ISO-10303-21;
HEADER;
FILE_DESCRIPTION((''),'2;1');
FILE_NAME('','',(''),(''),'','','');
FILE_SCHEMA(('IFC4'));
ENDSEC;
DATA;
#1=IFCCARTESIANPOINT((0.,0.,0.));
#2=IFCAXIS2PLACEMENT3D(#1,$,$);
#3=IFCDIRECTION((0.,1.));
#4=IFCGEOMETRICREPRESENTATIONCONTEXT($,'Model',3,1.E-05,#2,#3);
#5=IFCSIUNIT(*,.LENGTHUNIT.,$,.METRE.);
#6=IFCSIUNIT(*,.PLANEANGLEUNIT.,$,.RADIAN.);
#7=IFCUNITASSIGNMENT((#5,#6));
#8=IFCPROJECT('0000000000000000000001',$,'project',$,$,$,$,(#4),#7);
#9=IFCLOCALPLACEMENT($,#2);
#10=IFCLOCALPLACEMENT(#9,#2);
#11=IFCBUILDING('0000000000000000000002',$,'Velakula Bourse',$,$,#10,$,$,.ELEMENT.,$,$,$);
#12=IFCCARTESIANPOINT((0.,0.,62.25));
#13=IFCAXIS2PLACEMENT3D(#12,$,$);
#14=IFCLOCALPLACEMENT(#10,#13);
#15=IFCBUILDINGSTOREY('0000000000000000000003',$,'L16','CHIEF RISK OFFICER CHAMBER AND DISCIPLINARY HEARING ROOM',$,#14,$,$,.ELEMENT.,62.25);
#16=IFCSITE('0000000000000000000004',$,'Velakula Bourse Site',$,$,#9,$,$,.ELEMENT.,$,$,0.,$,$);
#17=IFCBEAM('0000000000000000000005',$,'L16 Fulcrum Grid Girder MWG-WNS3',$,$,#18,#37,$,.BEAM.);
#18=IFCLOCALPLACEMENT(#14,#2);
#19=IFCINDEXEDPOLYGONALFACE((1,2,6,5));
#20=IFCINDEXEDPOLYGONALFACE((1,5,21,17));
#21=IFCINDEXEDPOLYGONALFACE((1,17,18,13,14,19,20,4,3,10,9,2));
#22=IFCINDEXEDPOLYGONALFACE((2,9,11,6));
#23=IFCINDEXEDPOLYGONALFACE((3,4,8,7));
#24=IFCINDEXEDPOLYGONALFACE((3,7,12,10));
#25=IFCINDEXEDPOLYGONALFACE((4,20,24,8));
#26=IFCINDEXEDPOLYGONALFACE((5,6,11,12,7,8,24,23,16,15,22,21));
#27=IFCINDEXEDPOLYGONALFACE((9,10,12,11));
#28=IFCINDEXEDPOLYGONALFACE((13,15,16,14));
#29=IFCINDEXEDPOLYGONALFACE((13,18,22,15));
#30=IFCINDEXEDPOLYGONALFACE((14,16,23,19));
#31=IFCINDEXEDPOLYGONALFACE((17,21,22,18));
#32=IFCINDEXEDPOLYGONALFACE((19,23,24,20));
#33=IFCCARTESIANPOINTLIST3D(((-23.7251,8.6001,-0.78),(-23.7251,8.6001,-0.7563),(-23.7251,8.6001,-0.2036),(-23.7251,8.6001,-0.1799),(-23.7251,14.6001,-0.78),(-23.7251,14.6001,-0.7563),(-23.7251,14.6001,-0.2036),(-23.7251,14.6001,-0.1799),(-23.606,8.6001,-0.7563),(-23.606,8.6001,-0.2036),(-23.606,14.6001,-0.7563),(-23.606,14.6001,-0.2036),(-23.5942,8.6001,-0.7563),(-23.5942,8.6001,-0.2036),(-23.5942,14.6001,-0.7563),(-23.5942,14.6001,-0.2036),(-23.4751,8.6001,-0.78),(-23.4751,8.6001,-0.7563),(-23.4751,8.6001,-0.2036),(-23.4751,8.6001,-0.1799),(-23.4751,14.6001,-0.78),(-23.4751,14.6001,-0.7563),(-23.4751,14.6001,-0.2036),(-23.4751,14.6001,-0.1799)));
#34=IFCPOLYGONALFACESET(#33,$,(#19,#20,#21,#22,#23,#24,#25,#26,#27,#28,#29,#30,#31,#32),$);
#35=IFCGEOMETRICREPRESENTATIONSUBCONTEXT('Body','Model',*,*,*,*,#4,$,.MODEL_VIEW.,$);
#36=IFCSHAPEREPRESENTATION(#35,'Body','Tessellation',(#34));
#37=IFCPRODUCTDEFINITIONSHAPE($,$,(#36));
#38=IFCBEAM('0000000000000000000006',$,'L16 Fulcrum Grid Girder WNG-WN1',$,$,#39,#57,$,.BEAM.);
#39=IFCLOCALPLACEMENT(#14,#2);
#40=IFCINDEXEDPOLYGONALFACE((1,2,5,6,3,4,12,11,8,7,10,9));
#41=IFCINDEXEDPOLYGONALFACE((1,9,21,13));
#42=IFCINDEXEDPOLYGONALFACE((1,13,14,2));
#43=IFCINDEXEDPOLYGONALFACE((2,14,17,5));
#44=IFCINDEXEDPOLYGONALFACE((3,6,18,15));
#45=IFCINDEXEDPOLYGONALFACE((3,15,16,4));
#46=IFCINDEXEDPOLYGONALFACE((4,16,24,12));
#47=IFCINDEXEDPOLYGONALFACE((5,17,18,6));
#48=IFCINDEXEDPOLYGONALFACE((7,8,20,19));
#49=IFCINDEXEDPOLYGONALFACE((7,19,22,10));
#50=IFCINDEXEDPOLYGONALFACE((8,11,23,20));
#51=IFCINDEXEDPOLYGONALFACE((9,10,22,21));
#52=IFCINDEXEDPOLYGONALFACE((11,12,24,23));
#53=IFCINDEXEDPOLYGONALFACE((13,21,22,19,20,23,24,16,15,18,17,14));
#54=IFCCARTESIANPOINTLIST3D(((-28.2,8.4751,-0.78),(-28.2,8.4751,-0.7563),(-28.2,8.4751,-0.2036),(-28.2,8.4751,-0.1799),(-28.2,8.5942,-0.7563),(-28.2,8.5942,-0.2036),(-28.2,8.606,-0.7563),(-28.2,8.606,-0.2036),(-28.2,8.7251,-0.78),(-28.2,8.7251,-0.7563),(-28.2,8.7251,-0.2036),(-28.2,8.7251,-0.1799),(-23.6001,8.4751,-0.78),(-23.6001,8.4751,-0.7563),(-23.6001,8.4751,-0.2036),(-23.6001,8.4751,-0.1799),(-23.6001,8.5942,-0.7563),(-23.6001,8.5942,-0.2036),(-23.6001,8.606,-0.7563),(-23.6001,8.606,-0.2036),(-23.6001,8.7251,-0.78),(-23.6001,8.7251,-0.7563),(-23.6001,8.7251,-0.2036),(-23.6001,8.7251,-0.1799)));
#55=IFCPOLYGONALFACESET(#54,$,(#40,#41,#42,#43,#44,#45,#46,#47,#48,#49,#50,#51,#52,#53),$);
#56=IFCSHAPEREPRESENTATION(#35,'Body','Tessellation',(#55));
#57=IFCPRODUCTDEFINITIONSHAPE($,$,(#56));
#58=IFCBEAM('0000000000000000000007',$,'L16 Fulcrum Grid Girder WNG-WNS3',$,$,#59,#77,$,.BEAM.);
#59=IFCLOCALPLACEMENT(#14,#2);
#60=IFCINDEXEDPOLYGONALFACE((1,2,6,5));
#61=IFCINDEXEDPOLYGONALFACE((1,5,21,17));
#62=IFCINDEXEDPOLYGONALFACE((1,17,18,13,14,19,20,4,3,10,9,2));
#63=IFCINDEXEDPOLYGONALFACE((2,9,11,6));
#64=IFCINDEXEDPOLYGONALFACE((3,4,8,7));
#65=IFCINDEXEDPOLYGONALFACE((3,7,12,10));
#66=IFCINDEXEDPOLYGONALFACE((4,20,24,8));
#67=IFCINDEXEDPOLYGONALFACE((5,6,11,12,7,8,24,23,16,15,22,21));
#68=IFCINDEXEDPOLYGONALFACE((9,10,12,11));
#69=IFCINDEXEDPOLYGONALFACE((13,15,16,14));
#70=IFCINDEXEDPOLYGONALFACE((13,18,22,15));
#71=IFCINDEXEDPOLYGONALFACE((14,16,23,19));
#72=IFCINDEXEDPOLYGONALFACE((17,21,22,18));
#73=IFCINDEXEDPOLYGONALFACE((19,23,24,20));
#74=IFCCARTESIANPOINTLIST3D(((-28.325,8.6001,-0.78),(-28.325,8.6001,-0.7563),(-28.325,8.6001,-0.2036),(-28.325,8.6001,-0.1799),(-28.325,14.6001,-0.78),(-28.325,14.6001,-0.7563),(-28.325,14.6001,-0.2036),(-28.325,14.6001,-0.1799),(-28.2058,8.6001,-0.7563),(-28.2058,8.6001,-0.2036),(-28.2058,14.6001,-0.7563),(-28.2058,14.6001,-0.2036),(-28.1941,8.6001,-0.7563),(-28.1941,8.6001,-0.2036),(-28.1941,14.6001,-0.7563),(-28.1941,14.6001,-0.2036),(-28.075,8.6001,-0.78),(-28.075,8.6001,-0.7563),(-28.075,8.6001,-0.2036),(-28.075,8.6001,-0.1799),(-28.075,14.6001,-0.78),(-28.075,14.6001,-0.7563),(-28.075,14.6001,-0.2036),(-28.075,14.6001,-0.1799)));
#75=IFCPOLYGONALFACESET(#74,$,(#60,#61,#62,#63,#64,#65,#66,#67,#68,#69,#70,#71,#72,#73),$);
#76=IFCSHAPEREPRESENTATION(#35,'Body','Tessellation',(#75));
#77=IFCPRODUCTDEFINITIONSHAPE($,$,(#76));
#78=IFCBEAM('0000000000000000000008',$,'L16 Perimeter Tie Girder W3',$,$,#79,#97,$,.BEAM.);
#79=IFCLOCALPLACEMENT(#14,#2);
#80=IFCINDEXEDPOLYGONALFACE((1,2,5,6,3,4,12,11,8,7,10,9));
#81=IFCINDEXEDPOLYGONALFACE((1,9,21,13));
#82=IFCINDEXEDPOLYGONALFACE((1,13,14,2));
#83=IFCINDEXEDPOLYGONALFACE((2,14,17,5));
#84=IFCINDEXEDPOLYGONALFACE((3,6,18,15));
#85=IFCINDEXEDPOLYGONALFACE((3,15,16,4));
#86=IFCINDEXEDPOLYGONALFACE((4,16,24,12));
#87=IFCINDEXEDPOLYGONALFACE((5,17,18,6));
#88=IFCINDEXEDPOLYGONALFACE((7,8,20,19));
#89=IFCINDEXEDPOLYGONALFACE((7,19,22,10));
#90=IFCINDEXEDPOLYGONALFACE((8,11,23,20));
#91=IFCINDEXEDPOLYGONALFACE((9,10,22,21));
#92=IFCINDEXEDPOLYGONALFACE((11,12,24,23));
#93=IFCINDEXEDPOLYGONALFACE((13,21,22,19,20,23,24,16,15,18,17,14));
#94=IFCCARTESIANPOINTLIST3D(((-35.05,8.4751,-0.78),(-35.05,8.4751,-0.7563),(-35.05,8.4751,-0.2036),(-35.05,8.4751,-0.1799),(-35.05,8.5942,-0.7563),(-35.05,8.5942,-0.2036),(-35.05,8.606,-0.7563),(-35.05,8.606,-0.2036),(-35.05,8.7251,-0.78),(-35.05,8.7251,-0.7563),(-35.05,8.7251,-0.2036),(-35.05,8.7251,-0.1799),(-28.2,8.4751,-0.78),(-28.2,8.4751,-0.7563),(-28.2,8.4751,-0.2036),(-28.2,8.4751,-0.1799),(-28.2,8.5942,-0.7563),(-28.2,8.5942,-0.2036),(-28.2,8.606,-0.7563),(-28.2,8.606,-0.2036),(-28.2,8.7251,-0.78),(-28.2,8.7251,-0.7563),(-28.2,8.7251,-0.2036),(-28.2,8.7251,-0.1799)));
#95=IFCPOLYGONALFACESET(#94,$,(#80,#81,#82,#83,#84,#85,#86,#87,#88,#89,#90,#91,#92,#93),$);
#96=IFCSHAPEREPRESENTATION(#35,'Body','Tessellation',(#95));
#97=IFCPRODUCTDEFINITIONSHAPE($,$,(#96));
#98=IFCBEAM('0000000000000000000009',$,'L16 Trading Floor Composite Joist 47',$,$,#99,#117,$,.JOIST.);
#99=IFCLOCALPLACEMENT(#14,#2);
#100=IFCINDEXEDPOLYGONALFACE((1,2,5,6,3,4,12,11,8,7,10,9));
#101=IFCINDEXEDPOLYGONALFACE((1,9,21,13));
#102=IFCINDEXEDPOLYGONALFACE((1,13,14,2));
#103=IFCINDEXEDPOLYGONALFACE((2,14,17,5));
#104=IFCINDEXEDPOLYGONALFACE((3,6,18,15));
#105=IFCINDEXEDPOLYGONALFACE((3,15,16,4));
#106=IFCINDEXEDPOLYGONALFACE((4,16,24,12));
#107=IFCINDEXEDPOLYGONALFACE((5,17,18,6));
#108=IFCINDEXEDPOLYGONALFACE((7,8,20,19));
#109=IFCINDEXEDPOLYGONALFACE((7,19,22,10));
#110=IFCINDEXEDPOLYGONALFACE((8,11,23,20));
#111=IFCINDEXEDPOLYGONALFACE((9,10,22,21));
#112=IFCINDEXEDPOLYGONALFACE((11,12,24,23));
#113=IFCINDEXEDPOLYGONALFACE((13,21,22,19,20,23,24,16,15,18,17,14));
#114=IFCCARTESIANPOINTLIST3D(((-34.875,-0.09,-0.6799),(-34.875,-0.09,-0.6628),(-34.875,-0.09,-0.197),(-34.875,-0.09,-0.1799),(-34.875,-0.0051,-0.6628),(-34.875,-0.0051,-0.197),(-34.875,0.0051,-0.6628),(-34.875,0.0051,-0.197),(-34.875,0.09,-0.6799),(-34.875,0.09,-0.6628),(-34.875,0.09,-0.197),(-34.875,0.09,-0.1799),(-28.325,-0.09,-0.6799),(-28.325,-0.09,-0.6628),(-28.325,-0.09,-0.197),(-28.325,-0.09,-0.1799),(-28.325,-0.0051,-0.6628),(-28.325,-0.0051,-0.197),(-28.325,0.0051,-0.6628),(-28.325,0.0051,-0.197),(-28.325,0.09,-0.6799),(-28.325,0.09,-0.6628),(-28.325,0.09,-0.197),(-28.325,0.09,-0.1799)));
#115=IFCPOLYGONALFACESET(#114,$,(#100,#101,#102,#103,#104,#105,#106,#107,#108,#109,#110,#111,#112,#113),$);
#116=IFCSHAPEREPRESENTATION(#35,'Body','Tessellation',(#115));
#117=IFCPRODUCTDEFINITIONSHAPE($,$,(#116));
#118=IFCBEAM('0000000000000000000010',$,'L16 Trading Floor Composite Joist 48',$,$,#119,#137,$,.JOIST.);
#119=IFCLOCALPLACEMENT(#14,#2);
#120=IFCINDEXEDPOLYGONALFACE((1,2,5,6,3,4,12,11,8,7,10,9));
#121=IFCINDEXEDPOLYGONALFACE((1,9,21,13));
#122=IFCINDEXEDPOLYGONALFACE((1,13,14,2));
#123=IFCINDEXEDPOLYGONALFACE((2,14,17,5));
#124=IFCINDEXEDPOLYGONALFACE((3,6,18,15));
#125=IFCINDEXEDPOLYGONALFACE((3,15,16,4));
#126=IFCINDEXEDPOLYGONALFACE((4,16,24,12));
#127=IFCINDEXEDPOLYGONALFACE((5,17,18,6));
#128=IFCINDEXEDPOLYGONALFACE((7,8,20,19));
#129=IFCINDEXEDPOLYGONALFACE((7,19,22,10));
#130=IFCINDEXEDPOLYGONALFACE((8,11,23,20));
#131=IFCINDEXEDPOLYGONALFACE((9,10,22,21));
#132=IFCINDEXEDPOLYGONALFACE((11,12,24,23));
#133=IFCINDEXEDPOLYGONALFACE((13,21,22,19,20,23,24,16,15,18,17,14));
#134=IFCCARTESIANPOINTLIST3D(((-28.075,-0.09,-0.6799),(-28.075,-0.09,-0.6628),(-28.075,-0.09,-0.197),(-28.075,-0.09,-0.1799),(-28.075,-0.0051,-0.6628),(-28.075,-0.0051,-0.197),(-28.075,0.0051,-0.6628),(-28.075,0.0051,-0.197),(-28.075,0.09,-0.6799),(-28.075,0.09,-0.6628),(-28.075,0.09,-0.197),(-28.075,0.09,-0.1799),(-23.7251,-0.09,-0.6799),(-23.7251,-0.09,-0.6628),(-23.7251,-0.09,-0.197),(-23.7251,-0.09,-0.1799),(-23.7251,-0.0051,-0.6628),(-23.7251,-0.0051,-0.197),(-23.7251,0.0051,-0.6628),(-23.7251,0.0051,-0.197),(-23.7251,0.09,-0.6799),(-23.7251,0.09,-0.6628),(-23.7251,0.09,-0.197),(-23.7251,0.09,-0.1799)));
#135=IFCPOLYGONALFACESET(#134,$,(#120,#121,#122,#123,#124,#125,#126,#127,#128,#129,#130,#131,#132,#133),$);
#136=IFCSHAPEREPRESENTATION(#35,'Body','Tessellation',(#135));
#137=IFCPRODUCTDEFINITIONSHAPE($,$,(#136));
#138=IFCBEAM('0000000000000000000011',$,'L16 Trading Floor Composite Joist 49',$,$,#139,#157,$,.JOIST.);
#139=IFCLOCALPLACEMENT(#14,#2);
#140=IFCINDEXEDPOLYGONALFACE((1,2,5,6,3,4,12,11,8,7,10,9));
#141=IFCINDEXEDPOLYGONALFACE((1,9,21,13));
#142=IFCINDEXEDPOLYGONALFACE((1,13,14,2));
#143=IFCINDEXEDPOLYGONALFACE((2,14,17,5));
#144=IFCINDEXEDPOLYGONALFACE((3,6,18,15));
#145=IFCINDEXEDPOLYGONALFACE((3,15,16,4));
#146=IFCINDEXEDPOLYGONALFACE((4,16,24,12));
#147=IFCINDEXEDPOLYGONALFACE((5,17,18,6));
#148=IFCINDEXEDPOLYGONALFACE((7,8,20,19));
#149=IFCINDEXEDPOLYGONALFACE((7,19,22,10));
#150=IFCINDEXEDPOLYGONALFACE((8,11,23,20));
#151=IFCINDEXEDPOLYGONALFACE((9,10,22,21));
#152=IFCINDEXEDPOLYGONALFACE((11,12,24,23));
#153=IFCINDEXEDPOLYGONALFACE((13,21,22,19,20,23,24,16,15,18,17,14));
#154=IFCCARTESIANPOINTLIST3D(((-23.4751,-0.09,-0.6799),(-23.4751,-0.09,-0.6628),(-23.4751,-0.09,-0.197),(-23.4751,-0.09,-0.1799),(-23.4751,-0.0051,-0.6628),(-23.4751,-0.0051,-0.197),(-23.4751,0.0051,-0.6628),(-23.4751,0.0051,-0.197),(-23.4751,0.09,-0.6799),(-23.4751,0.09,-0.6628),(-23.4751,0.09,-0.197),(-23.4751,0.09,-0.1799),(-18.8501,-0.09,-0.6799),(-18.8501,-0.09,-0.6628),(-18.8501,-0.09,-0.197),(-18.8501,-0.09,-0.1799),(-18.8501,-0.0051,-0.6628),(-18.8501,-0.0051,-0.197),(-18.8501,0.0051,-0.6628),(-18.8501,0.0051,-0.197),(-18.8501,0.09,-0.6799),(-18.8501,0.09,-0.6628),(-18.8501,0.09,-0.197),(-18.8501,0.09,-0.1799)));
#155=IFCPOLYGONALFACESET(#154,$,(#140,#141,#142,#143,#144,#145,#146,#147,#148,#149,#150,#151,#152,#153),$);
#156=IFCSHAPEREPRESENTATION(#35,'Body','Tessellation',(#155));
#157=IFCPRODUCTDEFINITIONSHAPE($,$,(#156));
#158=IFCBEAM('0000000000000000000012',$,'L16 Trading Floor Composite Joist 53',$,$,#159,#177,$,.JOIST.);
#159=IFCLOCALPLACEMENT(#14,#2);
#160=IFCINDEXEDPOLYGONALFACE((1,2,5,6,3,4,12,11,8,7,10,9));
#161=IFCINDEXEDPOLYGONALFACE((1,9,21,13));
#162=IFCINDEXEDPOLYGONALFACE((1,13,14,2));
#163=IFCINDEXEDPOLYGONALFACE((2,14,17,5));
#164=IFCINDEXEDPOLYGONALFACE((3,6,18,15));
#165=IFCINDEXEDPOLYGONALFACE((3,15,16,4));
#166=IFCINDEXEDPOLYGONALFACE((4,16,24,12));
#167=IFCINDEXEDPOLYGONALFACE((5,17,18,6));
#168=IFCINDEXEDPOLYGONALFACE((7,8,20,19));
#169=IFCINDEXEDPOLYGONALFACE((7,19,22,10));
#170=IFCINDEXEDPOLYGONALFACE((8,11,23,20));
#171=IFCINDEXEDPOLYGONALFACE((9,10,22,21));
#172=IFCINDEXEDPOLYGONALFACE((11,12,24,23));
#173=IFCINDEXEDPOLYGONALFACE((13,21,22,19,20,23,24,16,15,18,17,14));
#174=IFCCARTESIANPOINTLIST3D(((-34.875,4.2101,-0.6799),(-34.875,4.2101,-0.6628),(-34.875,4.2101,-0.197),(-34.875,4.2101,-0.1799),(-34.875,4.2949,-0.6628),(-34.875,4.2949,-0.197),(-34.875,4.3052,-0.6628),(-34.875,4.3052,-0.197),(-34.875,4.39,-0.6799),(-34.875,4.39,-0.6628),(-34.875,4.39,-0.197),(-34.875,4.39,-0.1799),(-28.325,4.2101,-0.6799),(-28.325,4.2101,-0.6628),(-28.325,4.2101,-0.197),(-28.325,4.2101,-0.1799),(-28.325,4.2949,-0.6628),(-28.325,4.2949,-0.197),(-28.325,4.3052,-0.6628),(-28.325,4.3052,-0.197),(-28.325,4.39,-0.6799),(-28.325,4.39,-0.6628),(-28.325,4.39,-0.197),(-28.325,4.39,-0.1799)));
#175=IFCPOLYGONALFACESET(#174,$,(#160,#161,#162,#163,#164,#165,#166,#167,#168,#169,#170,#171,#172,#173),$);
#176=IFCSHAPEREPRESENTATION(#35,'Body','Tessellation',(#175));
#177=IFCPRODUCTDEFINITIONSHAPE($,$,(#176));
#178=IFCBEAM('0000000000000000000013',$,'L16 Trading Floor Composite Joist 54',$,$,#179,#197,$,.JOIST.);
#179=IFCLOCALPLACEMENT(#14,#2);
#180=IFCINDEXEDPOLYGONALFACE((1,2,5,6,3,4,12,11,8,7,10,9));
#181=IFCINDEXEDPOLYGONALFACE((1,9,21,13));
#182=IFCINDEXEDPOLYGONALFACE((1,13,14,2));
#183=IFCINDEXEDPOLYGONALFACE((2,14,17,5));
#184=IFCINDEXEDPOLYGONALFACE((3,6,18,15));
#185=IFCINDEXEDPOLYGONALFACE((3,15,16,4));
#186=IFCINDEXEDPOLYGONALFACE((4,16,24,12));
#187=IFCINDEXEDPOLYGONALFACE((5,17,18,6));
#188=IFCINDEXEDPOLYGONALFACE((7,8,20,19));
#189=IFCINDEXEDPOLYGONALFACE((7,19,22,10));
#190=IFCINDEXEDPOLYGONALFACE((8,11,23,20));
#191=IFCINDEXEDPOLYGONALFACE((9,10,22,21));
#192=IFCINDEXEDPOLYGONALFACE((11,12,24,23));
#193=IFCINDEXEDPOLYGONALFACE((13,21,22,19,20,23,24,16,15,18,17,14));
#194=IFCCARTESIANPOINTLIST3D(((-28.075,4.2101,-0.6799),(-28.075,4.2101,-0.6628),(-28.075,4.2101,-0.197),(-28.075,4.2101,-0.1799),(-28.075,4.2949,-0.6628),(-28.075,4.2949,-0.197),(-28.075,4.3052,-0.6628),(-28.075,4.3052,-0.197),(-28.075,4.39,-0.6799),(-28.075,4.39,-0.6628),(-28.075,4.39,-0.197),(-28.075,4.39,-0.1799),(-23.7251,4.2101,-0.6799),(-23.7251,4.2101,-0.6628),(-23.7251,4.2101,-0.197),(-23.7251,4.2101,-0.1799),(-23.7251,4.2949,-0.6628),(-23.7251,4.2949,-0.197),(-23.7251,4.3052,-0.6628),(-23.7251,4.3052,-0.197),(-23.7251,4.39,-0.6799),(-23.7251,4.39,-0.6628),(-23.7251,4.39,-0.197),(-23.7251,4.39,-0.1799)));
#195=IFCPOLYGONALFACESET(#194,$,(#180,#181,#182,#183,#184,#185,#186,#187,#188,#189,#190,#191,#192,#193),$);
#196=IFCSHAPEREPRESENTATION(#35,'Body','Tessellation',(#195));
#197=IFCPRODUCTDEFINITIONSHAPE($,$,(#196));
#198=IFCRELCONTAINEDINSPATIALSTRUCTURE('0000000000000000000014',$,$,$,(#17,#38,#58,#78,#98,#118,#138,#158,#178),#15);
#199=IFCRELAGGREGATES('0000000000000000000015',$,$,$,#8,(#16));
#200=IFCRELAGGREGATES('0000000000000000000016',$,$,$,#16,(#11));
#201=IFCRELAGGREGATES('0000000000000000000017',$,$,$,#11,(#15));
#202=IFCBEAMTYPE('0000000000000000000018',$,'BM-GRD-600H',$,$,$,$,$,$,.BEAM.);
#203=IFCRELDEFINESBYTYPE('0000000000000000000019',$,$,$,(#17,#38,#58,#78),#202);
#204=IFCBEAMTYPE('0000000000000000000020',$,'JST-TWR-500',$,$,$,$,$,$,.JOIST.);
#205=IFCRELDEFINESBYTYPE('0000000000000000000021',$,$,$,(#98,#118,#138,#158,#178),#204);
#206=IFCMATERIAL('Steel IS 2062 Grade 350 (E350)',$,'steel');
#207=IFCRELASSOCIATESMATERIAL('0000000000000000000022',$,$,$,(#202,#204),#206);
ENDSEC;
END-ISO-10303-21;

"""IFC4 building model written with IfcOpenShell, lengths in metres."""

from ifc_helpers import new_model, si_unit, direction, frame, origin, origin_2d, place, context, subcontext, project, spatial, i_section, extrude, material, material_profile, profile_set, type_object, element, save


model = new_model("IFC4")

# Units and contexts
model_context = context("Model", 3, precision=1e-05, world=origin(), true_north=direction((0.0, 1.0)))
body_context = subcontext(model_context, "Body", "Model", "MODEL_VIEW")
ifc_project = project(units=[si_unit("LENGTHUNIT", "METRE"), si_unit("PLANEANGLEUNIT", "RADIAN")], contexts=[model_context])

# Site, building, storey
site_placement = place(None, origin())
site = spatial("IfcSite", under=ifc_project, at=site_placement, Name="Velakula Bourse Site", CompositionType="ELEMENT", RefElevation=0.0)
building_placement = place(site_placement, origin())
building = spatial("IfcBuilding", under=site, at=building_placement, Name="Velakula Bourse", CompositionType="ELEMENT")
storey_placement = place(building_placement, frame((0.0, 0.0, 62.25)))
storey = spatial("IfcBuildingStorey", under=building, at=storey_placement, Name="L16", Description="CHIEF RISK OFFICER CHAMBER AND DISCIPLINARY HEARING ROOM", CompositionType="ELEMENT", Elevation=62.25)

# Beams
ifc_material_1 = material(Name="Steel IS 2062 Grade 350 (E350)", Category="steel")
ifc_material_profile_1 = material_profile(ifc_material_1, i_section(OverallWidth=0.25, OverallDepth=0.6001, WebThickness=0.0117, FlangeThickness=0.0237, at=origin_2d()), Name="Steel IS 2062 Grade 350 (E350)")
ifc_profile_set_1 = profile_set([ifc_material_profile_1], Name="Steel IS 2062 Grade 350 (E350)")
beam_type_1 = type_object("IfcBeamType", Name="BM-GRD-600H", PredefinedType="BEAM", material=ifc_profile_set_1)
beam_1_placement = place(storey_placement, frame((-23.6001, 8.6001, -0.48), z_axis=(0.0, 1.0, 0.0), x_axis=(-1.0, 0.0, 0.0)))
element("IfcBeam", 1, at=beam_1_placement, inside=storey, type_object=beam_type_1, Name="L16 Fulcrum Grid Girder MWG-WNS3", PredefinedType="BEAM", context=body_context, shape_type="SweptSolid", body=[
    extrude(i_section(OverallWidth=0.25, OverallDepth=0.6001, WebThickness=0.0117, FlangeThickness=0.0237, at=origin_2d()), origin(), (0.0, 0.0, 1.0), 6.0),
])
beam_2_placement = place(storey_placement, frame((-28.2, 8.6001, -0.48), z_axis=(1.0, 0.0, 0.0), x_axis=(0.0, 1.0, 0.0)))
element("IfcBeam", 2, at=beam_2_placement, inside=storey, type_object=beam_type_1, Name="L16 Fulcrum Grid Girder WNG-WN1", PredefinedType="BEAM", context=body_context, shape_type="SweptSolid", body=[
    extrude(i_section(OverallWidth=0.25, OverallDepth=0.6001, WebThickness=0.0117, FlangeThickness=0.0237, at=origin_2d()), origin(), (0.0, 0.0, 1.0), 4.5999),
])
beam_3_placement = place(storey_placement, frame((-28.2, 8.6001, -0.48), z_axis=(0.0, 1.0, 0.0), x_axis=(-1.0, 0.0, 0.0)))
element("IfcBeam", 3, at=beam_3_placement, inside=storey, type_object=beam_type_1, Name="L16 Fulcrum Grid Girder WNG-WNS3", PredefinedType="BEAM", context=body_context, shape_type="SweptSolid", body=[
    extrude(i_section(OverallWidth=0.25, OverallDepth=0.6001, WebThickness=0.0117, FlangeThickness=0.0237, at=origin_2d()), origin(), (0.0, 0.0, 1.0), 6.0),
])
beam_4_placement = place(storey_placement, frame((-28.2, 8.6001, -0.48), z_axis=(-1.0, 0.0, 0.0), x_axis=(0.0, -1.0, 0.0)))
element("IfcBeam", 4, at=beam_4_placement, inside=storey, type_object=beam_type_1, Name="L16 Perimeter Tie Girder W3", PredefinedType="BEAM", context=body_context, shape_type="SweptSolid", body=[
    extrude(i_section(OverallWidth=0.25, OverallDepth=0.6001, WebThickness=0.0117, FlangeThickness=0.0237, at=origin_2d()), origin(), (0.0, 0.0, 1.0), 6.8501),
])
ifc_material_profile_2 = material_profile(ifc_material_1, i_section(OverallWidth=0.1799, OverallDepth=0.5, WebThickness=0.0103, FlangeThickness=0.0171, at=origin_2d()), Name="Steel IS 2062 Grade 350 (E350)")
ifc_profile_set_2 = profile_set([ifc_material_profile_2], Name="Steel IS 2062 Grade 350 (E350)")
beam_type_2 = type_object("IfcBeamType", Name="JST-TWR-500", PredefinedType="JOIST", material=ifc_profile_set_2)
beam_5_placement = place(storey_placement, frame((-34.875, 0.0, -0.4299), z_axis=(1.0, 0.0, 0.0), x_axis=(0.0, 1.0, 0.0)))
element("IfcBeam", 5, at=beam_5_placement, inside=storey, type_object=beam_type_2, Name="L16 Trading Floor Composite Joist 47", PredefinedType="JOIST", context=body_context, shape_type="SweptSolid", body=[
    extrude(i_section(OverallWidth=0.1799, OverallDepth=0.5, WebThickness=0.0103, FlangeThickness=0.0171, at=origin_2d()), origin(), (0.0, 0.0, 1.0), 6.55),
])
beam_6_placement = place(storey_placement, frame((-28.075, 0.0, -0.4299), z_axis=(1.0, 0.0, 0.0), x_axis=(0.0, 1.0, 0.0)))
element("IfcBeam", 6, at=beam_6_placement, inside=storey, type_object=beam_type_2, Name="L16 Trading Floor Composite Joist 48", PredefinedType="JOIST", context=body_context, shape_type="SweptSolid", body=[
    extrude(i_section(OverallWidth=0.1799, OverallDepth=0.5, WebThickness=0.0103, FlangeThickness=0.0171, at=origin_2d()), origin(), (0.0, 0.0, 1.0), 4.3499),
])
beam_7_placement = place(storey_placement, frame((-23.4751, 0.0, -0.4299), z_axis=(1.0, 0.0, 0.0), x_axis=(0.0, 1.0, 0.0)))
element("IfcBeam", 7, at=beam_7_placement, inside=storey, type_object=beam_type_2, Name="L16 Trading Floor Composite Joist 49", PredefinedType="JOIST", context=body_context, shape_type="SweptSolid", body=[
    extrude(i_section(OverallWidth=0.1799, OverallDepth=0.5, WebThickness=0.0103, FlangeThickness=0.0171, at=origin_2d()), origin(), (0.0, 0.0, 1.0), 4.625),
])
beam_8_placement = place(storey_placement, frame((-34.875, 4.3, -0.4299), z_axis=(1.0, 0.0, 0.0), x_axis=(0.0, 1.0, 0.0)))
element("IfcBeam", 8, at=beam_8_placement, inside=storey, type_object=beam_type_2, Name="L16 Trading Floor Composite Joist 53", PredefinedType="JOIST", context=body_context, shape_type="SweptSolid", body=[
    extrude(i_section(OverallWidth=0.1799, OverallDepth=0.5, WebThickness=0.0103, FlangeThickness=0.0171, at=origin_2d()), origin(), (0.0, 0.0, 1.0), 6.55),
])
beam_9_placement = place(storey_placement, frame((-28.075, 4.3, -0.4299), z_axis=(1.0, 0.0, 0.0), x_axis=(0.0, 1.0, 0.0)))
element("IfcBeam", 9, at=beam_9_placement, inside=storey, type_object=beam_type_2, Name="L16 Trading Floor Composite Joist 54", PredefinedType="JOIST", context=body_context, shape_type="SweptSolid", body=[
    extrude(i_section(OverallWidth=0.1799, OverallDepth=0.5, WebThickness=0.0103, FlangeThickness=0.0171, at=origin_2d()), origin(), (0.0, 0.0, 1.0), 4.3499),
])

save(model, "model.ifc")
